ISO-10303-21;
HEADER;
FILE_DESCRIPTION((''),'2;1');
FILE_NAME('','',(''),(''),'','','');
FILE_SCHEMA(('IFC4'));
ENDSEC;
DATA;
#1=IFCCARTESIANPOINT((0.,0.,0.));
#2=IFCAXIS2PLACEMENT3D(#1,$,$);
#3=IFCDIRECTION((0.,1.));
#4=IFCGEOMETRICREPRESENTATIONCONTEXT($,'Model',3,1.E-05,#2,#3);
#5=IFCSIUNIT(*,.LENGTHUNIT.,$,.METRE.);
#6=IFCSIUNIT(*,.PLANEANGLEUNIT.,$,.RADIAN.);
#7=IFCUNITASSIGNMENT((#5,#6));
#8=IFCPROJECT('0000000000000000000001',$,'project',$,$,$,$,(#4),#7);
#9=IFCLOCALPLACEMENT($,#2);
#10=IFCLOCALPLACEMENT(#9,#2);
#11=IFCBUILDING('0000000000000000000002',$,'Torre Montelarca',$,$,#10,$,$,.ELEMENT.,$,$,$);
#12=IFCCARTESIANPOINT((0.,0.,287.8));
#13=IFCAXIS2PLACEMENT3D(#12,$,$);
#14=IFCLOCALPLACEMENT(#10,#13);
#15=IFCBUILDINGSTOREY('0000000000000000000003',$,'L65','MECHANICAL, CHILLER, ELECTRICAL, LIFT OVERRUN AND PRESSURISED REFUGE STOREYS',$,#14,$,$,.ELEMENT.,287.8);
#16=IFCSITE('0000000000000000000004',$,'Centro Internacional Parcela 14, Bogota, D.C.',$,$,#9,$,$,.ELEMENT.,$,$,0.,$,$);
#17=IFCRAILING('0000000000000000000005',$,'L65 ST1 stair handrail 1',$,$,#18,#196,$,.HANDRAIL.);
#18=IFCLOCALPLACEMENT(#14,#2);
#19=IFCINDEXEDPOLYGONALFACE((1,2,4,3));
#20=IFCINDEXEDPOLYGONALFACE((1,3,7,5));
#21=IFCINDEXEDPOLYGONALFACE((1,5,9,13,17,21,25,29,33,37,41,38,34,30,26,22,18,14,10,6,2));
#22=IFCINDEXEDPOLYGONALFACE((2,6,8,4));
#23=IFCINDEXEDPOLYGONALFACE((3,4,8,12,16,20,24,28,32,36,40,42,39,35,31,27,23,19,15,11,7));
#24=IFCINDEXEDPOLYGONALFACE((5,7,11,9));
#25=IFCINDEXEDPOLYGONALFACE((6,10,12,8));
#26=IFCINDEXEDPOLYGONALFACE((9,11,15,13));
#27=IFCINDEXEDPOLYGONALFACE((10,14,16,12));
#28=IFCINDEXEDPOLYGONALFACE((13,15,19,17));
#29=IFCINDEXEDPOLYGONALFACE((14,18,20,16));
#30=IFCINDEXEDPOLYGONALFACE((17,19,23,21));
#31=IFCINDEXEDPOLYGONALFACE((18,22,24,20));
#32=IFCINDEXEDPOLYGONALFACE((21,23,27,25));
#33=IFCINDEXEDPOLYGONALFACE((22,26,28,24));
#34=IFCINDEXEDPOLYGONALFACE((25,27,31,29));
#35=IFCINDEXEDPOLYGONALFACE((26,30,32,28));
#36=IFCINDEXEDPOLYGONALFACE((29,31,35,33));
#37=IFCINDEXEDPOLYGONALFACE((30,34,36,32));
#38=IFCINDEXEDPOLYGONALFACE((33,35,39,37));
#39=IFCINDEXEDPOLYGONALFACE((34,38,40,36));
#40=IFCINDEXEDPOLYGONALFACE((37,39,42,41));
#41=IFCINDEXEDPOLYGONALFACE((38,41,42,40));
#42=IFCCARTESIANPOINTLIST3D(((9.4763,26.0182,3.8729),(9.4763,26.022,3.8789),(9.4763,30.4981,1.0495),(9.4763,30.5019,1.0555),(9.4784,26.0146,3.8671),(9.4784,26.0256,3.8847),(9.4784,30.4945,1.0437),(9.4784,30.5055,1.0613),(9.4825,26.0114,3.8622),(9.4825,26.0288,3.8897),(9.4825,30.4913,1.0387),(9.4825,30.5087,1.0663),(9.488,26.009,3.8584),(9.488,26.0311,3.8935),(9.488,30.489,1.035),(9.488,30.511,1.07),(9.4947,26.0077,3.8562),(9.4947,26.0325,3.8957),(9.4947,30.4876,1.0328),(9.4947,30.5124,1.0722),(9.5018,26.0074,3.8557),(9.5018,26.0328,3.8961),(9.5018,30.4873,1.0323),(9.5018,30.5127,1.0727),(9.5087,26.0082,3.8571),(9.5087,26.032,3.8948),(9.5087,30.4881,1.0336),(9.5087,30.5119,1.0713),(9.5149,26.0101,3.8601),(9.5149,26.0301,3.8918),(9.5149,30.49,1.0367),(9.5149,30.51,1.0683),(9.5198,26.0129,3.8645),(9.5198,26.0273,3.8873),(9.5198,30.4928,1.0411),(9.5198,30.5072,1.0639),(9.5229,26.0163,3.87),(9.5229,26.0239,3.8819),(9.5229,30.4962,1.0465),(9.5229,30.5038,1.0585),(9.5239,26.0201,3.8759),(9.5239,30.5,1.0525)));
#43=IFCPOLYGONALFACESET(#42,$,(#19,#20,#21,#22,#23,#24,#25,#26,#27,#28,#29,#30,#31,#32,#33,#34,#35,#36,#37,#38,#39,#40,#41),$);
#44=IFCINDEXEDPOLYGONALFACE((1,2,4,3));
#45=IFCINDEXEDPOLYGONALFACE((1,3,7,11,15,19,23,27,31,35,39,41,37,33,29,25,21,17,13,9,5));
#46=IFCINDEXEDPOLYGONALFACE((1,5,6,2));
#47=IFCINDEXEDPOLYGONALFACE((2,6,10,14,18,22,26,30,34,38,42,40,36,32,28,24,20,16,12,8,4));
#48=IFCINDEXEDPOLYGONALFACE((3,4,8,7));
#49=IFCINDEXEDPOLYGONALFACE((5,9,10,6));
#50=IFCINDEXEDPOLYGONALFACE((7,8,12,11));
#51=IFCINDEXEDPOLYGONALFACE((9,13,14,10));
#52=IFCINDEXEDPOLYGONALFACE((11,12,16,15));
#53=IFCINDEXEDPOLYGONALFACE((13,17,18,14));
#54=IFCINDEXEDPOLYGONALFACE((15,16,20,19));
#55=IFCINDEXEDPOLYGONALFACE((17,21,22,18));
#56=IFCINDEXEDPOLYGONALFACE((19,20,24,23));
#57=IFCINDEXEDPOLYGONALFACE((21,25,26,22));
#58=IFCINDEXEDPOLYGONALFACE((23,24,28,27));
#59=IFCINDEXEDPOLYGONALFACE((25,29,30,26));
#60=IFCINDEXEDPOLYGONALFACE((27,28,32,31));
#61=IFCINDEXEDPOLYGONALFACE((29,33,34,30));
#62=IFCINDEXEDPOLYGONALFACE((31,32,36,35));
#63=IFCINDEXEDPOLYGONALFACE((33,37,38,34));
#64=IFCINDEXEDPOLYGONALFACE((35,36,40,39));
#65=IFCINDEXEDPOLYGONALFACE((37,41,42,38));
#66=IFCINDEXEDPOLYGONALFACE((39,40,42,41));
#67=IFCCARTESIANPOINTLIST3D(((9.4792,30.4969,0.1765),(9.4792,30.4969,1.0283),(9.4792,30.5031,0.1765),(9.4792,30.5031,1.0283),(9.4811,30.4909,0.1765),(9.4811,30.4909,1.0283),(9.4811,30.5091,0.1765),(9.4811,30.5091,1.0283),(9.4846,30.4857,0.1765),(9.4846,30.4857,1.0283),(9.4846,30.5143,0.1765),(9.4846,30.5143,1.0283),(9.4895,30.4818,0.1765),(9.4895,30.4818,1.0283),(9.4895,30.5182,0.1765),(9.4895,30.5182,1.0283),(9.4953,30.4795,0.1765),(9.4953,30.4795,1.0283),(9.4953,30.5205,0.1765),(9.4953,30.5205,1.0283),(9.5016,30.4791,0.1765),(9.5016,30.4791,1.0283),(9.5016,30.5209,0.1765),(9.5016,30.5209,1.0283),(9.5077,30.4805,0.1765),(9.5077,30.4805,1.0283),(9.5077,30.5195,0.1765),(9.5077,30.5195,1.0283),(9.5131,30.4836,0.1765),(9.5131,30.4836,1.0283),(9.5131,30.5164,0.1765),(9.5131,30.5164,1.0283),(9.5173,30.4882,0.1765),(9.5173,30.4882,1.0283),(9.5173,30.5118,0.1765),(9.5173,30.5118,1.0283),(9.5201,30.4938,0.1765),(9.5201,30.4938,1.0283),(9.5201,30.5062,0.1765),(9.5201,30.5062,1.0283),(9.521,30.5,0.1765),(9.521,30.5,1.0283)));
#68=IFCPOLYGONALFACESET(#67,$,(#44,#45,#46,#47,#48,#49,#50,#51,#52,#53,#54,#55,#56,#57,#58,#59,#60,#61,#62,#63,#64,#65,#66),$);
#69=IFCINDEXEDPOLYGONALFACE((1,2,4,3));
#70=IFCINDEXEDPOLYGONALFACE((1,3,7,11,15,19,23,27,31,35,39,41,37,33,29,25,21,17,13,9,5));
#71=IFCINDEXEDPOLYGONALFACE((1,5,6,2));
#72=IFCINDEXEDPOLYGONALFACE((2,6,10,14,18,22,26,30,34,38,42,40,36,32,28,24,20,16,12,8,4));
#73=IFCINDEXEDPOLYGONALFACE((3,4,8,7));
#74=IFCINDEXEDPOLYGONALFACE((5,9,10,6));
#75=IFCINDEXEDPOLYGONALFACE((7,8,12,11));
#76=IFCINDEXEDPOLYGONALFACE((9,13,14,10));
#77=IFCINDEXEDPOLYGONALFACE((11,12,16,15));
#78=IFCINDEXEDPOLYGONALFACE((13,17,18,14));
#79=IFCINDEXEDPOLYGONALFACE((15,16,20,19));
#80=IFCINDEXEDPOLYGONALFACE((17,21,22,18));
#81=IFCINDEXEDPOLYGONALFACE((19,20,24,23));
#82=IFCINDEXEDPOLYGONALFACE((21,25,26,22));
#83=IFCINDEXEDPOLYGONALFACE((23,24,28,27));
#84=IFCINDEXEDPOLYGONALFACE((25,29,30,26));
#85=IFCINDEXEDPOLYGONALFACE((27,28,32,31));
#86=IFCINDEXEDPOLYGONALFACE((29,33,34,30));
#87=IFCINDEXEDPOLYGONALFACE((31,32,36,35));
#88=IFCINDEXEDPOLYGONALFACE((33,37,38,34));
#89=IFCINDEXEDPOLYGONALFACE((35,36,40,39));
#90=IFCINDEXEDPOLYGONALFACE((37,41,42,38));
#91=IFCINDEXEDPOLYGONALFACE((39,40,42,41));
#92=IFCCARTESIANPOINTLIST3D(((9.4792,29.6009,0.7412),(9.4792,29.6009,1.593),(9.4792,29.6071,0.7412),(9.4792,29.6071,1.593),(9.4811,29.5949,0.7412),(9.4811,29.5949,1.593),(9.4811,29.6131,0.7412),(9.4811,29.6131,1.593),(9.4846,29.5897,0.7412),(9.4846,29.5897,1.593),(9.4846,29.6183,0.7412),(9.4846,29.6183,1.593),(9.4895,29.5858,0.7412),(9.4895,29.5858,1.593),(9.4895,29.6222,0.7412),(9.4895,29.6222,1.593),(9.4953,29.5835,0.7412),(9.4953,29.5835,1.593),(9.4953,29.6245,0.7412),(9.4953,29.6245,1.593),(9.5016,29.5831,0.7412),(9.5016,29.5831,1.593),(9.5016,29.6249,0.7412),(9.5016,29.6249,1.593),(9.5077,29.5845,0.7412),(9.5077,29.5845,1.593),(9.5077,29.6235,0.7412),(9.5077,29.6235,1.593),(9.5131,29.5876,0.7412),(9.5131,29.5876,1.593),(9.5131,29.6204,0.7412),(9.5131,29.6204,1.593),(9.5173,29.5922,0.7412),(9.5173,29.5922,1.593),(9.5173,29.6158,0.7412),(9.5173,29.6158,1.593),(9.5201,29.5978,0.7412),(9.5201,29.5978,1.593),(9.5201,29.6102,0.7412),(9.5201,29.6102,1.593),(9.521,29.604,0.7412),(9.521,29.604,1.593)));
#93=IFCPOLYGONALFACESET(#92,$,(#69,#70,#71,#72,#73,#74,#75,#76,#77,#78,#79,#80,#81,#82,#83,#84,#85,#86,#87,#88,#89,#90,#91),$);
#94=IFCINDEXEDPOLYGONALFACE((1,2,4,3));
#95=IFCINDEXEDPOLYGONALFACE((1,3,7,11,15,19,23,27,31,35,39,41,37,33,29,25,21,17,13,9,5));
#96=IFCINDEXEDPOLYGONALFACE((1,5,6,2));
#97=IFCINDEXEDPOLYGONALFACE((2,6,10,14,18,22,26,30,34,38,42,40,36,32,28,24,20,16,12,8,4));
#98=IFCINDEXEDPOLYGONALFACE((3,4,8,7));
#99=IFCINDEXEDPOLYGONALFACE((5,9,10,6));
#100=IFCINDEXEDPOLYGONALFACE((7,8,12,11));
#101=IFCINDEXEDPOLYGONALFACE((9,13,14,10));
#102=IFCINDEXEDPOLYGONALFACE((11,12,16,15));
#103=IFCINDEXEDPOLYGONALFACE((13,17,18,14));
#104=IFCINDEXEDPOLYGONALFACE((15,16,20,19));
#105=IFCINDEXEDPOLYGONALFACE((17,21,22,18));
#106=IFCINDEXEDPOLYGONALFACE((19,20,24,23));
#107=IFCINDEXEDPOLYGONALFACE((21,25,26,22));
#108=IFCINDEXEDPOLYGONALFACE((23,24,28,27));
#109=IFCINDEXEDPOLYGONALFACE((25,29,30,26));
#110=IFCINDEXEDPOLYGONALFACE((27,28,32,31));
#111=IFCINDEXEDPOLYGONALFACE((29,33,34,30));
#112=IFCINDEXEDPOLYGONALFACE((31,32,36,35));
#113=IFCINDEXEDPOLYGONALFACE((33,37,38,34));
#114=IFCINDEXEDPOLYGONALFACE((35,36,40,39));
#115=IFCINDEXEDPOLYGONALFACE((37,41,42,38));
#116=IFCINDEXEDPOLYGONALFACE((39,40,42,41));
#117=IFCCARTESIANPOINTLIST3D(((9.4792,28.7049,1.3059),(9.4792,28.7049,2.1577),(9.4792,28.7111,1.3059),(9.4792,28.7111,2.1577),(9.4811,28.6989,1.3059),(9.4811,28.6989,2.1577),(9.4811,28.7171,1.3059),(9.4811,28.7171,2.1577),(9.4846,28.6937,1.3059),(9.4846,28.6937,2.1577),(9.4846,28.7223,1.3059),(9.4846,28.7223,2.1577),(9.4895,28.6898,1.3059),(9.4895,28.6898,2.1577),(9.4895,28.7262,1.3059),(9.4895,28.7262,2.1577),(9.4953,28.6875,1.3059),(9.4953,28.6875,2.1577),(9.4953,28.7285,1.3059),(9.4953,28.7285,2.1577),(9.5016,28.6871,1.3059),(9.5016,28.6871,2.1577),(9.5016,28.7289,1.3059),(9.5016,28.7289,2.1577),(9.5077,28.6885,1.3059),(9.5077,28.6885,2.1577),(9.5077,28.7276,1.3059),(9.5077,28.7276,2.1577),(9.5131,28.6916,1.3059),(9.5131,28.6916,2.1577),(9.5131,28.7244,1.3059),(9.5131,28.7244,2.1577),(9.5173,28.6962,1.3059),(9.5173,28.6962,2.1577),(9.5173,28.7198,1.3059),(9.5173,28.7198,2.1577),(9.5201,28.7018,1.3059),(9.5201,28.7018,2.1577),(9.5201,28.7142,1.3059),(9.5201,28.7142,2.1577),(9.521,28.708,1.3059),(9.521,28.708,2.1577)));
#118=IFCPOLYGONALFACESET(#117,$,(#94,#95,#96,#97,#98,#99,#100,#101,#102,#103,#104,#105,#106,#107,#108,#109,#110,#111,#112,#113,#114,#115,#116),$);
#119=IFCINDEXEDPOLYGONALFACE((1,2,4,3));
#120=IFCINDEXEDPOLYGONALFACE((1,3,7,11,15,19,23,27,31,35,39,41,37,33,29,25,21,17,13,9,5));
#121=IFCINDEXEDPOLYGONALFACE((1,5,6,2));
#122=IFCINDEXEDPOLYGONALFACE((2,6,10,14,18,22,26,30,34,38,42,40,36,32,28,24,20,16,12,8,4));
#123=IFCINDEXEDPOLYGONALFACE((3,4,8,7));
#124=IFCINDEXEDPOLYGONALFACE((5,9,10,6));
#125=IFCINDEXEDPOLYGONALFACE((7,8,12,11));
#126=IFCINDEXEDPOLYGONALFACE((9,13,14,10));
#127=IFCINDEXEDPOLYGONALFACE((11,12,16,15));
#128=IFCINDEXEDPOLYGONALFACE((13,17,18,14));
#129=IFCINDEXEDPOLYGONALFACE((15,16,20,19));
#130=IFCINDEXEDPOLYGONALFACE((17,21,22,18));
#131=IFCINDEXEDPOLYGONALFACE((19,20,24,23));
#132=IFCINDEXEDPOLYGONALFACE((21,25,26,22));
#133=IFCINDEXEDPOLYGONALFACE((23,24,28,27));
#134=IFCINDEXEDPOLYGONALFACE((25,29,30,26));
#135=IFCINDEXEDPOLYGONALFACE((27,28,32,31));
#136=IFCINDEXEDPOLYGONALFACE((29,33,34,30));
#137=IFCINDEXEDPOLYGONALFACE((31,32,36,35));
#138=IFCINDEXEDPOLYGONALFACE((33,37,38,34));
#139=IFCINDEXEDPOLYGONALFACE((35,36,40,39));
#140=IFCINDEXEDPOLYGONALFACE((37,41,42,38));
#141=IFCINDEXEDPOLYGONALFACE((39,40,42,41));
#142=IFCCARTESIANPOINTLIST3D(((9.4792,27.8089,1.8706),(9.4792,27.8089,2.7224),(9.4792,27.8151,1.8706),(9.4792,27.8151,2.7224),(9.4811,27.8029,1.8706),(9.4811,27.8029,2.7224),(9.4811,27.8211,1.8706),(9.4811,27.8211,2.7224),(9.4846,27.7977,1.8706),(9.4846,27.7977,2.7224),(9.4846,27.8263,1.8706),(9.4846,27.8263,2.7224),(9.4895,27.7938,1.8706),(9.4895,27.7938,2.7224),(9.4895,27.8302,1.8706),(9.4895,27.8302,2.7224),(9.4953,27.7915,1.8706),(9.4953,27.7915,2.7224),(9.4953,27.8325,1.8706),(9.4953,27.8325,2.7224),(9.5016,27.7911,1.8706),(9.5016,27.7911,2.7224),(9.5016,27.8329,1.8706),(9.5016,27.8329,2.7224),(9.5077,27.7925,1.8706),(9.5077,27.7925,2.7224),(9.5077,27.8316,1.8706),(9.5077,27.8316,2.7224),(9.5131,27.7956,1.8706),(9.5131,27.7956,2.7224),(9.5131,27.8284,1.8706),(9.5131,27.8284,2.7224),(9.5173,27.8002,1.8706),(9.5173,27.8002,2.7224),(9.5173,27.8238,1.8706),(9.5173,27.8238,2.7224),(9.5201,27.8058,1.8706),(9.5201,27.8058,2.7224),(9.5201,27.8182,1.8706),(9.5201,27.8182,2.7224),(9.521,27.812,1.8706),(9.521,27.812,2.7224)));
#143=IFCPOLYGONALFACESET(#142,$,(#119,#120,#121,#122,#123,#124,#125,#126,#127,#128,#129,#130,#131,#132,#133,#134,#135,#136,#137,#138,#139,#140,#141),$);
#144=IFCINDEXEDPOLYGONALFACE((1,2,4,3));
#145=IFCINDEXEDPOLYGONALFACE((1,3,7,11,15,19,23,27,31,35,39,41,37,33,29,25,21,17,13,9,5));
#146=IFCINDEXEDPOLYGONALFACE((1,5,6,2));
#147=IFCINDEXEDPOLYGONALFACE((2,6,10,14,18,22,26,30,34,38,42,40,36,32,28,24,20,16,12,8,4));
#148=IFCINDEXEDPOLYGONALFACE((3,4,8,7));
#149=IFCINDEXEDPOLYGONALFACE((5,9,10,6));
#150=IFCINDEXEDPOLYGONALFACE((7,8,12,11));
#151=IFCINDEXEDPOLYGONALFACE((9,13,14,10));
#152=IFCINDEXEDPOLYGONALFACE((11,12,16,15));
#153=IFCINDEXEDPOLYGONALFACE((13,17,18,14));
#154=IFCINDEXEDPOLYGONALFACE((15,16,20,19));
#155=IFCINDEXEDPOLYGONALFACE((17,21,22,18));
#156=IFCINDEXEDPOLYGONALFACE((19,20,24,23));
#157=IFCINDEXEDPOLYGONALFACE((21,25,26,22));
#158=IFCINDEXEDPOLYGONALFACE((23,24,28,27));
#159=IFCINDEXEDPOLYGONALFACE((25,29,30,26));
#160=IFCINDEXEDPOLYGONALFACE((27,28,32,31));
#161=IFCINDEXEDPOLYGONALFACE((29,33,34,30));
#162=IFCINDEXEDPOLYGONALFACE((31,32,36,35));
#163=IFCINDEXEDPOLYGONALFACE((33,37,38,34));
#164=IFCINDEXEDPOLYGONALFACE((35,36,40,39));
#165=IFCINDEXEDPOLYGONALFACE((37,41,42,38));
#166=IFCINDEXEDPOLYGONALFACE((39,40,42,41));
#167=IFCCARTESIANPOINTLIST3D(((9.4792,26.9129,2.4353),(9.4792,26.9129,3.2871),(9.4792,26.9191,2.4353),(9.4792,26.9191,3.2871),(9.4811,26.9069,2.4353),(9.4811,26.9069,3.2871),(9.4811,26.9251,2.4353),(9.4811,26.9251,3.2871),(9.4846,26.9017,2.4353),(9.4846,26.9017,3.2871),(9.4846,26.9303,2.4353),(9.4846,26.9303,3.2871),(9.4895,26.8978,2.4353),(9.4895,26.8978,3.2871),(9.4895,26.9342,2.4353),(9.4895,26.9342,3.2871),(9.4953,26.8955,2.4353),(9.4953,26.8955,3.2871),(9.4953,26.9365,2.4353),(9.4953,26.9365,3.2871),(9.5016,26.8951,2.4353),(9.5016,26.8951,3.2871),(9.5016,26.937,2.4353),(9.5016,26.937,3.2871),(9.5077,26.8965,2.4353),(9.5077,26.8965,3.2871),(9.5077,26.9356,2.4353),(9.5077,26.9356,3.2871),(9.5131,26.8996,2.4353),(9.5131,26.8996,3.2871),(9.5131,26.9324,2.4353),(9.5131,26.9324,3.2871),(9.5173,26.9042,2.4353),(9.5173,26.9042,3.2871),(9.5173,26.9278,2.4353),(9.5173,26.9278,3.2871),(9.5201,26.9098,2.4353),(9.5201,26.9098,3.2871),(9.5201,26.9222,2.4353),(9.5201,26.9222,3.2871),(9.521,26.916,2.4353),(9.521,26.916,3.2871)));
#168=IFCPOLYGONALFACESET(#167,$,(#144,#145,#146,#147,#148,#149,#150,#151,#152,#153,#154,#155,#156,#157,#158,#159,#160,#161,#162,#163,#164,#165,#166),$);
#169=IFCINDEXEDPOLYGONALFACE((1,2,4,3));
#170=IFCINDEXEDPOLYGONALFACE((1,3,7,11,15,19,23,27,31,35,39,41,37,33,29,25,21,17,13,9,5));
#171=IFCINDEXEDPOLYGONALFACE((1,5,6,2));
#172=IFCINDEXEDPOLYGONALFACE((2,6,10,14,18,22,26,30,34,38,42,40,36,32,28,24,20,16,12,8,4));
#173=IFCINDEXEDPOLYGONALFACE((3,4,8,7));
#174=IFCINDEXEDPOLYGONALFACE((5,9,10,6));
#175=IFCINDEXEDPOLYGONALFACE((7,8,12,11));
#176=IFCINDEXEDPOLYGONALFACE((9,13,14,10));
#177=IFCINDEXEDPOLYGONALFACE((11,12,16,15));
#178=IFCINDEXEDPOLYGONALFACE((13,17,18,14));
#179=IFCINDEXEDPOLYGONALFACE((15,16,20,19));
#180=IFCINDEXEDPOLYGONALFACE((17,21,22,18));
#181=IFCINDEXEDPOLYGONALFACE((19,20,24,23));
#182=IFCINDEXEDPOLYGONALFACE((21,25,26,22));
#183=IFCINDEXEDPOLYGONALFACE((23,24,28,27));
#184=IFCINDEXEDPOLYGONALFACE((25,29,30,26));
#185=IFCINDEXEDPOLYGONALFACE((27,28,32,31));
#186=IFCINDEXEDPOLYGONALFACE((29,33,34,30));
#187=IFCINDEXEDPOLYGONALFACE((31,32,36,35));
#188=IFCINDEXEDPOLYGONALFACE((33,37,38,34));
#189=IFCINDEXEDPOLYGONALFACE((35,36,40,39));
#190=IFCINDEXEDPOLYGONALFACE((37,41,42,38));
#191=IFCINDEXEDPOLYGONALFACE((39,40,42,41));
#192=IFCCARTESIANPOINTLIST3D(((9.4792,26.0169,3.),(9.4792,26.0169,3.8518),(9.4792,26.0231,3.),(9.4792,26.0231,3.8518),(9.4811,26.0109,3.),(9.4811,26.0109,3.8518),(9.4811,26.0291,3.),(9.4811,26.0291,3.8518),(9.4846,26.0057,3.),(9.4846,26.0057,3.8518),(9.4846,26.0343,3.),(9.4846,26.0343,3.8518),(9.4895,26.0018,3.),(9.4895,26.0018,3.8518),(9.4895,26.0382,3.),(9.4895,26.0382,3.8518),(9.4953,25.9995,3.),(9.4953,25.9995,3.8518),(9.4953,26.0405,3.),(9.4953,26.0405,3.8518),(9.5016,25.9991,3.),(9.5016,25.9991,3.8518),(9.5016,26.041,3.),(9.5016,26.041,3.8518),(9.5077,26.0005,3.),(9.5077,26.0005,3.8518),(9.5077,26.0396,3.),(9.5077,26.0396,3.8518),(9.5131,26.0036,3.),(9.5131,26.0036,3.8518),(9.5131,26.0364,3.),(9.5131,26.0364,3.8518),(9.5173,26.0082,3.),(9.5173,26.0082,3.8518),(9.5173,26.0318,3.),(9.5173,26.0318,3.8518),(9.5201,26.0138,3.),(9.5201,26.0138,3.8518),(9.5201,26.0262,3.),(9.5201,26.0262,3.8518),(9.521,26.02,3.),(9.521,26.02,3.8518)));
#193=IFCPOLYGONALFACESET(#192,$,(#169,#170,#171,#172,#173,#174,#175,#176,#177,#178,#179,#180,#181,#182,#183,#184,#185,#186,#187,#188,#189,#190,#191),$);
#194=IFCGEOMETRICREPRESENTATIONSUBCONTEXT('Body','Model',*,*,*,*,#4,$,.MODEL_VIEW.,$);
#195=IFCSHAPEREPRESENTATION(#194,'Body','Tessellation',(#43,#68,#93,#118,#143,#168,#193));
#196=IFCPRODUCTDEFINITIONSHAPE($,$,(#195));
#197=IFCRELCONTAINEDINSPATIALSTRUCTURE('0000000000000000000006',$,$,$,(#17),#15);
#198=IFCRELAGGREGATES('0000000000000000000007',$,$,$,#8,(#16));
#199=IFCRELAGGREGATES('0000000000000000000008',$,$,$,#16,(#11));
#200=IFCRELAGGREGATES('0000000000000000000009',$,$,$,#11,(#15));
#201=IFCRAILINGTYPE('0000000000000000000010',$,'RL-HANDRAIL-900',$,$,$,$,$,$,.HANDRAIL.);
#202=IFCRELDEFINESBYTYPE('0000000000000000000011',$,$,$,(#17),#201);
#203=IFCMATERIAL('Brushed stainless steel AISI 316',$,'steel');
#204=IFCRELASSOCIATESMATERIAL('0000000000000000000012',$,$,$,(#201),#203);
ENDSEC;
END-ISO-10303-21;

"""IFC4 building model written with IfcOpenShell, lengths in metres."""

from ifc_helpers import new_model, si_unit, direction, frame, origin, origin_2d, place, context, subcontext, project, spatial, circle, extrude, material, type_object, element, save


model = new_model("IFC4")

# Units and contexts
model_context = context("Model", 3, precision=1e-05, world=origin(), true_north=direction((0.0, 1.0)))
body_context = subcontext(model_context, "Body", "Model", "MODEL_VIEW")
ifc_project = project(units=[si_unit("LENGTHUNIT", "METRE"), si_unit("PLANEANGLEUNIT", "RADIAN")], contexts=[model_context])

# Site, building, storey
site_placement = place(None, origin())
site = spatial("IfcSite", under=ifc_project, at=site_placement, Name="Centro Internacional Parcela 14, Bogota, D.C.", CompositionType="ELEMENT", RefElevation=0.0)
building_placement = place(site_placement, origin())
building = spatial("IfcBuilding", under=site, at=building_placement, Name="Torre Montelarca", CompositionType="ELEMENT")
storey_placement = place(building_placement, frame((0.0, 0.0, 287.8)))
storey = spatial("IfcBuildingStorey", under=building, at=storey_placement, Name="L65", Description="MECHANICAL, CHILLER, ELECTRICAL, LIFT OVERRUN AND PRESSURISED REFUGE STOREYS", CompositionType="ELEMENT", Elevation=287.8)

# Shared definitions
ifc_material_1 = material(Name="Brushed stainless steel AISI 316", Category="steel")

# Railing
railing_type_1 = type_object("IfcRailingType", Name="RL-HANDRAIL-900", PredefinedType="HANDRAIL", material=ifc_material_1)
railing_1_placement = place(storey_placement, frame((9.5, 30.5, 0.1765)))
element("IfcRailing", 1, at=railing_1_placement, inside=storey, type_object=railing_type_1, Name="L65 ST1 stair handrail 1", PredefinedType="HANDRAIL", context=body_context, shape_type="SweptSolid", body=[
    extrude(circle(Radius=0.0239, at=origin_2d()), frame((0.0, 0.0, 0.876), z_axis=(0.0, -0.845998, 0.533186), x_axis=(1.0, 0.0, 0.0)), (0.0, 0.0, 1.0), 5.2954),
    extrude(circle(Radius=0.021, at=origin_2d()), origin(), (0.0, 0.0, 1.0), 0.8518),
    extrude(circle(Radius=0.021, at=origin_2d()), frame((0.0, -0.896, 0.5647)), (0.0, 0.0, 1.0), 0.8518),
    extrude(circle(Radius=0.021, at=origin_2d()), frame((0.0, -1.792, 1.1294)), (0.0, 0.0, 1.0), 0.8518),
    extrude(circle(Radius=0.021, at=origin_2d()), frame((0.0, -2.688, 1.6941)), (0.0, 0.0, 1.0), 0.8518),
    extrude(circle(Radius=0.021, at=origin_2d()), frame((0.0, -3.584, 2.2588)), (0.0, 0.0, 1.0), 0.8518),
    extrude(circle(Radius=0.021, at=origin_2d()), frame((0.0, -4.48, 2.8235)), (0.0, 0.0, 1.0), 0.8518),
])

save(model, "model.ifc")
